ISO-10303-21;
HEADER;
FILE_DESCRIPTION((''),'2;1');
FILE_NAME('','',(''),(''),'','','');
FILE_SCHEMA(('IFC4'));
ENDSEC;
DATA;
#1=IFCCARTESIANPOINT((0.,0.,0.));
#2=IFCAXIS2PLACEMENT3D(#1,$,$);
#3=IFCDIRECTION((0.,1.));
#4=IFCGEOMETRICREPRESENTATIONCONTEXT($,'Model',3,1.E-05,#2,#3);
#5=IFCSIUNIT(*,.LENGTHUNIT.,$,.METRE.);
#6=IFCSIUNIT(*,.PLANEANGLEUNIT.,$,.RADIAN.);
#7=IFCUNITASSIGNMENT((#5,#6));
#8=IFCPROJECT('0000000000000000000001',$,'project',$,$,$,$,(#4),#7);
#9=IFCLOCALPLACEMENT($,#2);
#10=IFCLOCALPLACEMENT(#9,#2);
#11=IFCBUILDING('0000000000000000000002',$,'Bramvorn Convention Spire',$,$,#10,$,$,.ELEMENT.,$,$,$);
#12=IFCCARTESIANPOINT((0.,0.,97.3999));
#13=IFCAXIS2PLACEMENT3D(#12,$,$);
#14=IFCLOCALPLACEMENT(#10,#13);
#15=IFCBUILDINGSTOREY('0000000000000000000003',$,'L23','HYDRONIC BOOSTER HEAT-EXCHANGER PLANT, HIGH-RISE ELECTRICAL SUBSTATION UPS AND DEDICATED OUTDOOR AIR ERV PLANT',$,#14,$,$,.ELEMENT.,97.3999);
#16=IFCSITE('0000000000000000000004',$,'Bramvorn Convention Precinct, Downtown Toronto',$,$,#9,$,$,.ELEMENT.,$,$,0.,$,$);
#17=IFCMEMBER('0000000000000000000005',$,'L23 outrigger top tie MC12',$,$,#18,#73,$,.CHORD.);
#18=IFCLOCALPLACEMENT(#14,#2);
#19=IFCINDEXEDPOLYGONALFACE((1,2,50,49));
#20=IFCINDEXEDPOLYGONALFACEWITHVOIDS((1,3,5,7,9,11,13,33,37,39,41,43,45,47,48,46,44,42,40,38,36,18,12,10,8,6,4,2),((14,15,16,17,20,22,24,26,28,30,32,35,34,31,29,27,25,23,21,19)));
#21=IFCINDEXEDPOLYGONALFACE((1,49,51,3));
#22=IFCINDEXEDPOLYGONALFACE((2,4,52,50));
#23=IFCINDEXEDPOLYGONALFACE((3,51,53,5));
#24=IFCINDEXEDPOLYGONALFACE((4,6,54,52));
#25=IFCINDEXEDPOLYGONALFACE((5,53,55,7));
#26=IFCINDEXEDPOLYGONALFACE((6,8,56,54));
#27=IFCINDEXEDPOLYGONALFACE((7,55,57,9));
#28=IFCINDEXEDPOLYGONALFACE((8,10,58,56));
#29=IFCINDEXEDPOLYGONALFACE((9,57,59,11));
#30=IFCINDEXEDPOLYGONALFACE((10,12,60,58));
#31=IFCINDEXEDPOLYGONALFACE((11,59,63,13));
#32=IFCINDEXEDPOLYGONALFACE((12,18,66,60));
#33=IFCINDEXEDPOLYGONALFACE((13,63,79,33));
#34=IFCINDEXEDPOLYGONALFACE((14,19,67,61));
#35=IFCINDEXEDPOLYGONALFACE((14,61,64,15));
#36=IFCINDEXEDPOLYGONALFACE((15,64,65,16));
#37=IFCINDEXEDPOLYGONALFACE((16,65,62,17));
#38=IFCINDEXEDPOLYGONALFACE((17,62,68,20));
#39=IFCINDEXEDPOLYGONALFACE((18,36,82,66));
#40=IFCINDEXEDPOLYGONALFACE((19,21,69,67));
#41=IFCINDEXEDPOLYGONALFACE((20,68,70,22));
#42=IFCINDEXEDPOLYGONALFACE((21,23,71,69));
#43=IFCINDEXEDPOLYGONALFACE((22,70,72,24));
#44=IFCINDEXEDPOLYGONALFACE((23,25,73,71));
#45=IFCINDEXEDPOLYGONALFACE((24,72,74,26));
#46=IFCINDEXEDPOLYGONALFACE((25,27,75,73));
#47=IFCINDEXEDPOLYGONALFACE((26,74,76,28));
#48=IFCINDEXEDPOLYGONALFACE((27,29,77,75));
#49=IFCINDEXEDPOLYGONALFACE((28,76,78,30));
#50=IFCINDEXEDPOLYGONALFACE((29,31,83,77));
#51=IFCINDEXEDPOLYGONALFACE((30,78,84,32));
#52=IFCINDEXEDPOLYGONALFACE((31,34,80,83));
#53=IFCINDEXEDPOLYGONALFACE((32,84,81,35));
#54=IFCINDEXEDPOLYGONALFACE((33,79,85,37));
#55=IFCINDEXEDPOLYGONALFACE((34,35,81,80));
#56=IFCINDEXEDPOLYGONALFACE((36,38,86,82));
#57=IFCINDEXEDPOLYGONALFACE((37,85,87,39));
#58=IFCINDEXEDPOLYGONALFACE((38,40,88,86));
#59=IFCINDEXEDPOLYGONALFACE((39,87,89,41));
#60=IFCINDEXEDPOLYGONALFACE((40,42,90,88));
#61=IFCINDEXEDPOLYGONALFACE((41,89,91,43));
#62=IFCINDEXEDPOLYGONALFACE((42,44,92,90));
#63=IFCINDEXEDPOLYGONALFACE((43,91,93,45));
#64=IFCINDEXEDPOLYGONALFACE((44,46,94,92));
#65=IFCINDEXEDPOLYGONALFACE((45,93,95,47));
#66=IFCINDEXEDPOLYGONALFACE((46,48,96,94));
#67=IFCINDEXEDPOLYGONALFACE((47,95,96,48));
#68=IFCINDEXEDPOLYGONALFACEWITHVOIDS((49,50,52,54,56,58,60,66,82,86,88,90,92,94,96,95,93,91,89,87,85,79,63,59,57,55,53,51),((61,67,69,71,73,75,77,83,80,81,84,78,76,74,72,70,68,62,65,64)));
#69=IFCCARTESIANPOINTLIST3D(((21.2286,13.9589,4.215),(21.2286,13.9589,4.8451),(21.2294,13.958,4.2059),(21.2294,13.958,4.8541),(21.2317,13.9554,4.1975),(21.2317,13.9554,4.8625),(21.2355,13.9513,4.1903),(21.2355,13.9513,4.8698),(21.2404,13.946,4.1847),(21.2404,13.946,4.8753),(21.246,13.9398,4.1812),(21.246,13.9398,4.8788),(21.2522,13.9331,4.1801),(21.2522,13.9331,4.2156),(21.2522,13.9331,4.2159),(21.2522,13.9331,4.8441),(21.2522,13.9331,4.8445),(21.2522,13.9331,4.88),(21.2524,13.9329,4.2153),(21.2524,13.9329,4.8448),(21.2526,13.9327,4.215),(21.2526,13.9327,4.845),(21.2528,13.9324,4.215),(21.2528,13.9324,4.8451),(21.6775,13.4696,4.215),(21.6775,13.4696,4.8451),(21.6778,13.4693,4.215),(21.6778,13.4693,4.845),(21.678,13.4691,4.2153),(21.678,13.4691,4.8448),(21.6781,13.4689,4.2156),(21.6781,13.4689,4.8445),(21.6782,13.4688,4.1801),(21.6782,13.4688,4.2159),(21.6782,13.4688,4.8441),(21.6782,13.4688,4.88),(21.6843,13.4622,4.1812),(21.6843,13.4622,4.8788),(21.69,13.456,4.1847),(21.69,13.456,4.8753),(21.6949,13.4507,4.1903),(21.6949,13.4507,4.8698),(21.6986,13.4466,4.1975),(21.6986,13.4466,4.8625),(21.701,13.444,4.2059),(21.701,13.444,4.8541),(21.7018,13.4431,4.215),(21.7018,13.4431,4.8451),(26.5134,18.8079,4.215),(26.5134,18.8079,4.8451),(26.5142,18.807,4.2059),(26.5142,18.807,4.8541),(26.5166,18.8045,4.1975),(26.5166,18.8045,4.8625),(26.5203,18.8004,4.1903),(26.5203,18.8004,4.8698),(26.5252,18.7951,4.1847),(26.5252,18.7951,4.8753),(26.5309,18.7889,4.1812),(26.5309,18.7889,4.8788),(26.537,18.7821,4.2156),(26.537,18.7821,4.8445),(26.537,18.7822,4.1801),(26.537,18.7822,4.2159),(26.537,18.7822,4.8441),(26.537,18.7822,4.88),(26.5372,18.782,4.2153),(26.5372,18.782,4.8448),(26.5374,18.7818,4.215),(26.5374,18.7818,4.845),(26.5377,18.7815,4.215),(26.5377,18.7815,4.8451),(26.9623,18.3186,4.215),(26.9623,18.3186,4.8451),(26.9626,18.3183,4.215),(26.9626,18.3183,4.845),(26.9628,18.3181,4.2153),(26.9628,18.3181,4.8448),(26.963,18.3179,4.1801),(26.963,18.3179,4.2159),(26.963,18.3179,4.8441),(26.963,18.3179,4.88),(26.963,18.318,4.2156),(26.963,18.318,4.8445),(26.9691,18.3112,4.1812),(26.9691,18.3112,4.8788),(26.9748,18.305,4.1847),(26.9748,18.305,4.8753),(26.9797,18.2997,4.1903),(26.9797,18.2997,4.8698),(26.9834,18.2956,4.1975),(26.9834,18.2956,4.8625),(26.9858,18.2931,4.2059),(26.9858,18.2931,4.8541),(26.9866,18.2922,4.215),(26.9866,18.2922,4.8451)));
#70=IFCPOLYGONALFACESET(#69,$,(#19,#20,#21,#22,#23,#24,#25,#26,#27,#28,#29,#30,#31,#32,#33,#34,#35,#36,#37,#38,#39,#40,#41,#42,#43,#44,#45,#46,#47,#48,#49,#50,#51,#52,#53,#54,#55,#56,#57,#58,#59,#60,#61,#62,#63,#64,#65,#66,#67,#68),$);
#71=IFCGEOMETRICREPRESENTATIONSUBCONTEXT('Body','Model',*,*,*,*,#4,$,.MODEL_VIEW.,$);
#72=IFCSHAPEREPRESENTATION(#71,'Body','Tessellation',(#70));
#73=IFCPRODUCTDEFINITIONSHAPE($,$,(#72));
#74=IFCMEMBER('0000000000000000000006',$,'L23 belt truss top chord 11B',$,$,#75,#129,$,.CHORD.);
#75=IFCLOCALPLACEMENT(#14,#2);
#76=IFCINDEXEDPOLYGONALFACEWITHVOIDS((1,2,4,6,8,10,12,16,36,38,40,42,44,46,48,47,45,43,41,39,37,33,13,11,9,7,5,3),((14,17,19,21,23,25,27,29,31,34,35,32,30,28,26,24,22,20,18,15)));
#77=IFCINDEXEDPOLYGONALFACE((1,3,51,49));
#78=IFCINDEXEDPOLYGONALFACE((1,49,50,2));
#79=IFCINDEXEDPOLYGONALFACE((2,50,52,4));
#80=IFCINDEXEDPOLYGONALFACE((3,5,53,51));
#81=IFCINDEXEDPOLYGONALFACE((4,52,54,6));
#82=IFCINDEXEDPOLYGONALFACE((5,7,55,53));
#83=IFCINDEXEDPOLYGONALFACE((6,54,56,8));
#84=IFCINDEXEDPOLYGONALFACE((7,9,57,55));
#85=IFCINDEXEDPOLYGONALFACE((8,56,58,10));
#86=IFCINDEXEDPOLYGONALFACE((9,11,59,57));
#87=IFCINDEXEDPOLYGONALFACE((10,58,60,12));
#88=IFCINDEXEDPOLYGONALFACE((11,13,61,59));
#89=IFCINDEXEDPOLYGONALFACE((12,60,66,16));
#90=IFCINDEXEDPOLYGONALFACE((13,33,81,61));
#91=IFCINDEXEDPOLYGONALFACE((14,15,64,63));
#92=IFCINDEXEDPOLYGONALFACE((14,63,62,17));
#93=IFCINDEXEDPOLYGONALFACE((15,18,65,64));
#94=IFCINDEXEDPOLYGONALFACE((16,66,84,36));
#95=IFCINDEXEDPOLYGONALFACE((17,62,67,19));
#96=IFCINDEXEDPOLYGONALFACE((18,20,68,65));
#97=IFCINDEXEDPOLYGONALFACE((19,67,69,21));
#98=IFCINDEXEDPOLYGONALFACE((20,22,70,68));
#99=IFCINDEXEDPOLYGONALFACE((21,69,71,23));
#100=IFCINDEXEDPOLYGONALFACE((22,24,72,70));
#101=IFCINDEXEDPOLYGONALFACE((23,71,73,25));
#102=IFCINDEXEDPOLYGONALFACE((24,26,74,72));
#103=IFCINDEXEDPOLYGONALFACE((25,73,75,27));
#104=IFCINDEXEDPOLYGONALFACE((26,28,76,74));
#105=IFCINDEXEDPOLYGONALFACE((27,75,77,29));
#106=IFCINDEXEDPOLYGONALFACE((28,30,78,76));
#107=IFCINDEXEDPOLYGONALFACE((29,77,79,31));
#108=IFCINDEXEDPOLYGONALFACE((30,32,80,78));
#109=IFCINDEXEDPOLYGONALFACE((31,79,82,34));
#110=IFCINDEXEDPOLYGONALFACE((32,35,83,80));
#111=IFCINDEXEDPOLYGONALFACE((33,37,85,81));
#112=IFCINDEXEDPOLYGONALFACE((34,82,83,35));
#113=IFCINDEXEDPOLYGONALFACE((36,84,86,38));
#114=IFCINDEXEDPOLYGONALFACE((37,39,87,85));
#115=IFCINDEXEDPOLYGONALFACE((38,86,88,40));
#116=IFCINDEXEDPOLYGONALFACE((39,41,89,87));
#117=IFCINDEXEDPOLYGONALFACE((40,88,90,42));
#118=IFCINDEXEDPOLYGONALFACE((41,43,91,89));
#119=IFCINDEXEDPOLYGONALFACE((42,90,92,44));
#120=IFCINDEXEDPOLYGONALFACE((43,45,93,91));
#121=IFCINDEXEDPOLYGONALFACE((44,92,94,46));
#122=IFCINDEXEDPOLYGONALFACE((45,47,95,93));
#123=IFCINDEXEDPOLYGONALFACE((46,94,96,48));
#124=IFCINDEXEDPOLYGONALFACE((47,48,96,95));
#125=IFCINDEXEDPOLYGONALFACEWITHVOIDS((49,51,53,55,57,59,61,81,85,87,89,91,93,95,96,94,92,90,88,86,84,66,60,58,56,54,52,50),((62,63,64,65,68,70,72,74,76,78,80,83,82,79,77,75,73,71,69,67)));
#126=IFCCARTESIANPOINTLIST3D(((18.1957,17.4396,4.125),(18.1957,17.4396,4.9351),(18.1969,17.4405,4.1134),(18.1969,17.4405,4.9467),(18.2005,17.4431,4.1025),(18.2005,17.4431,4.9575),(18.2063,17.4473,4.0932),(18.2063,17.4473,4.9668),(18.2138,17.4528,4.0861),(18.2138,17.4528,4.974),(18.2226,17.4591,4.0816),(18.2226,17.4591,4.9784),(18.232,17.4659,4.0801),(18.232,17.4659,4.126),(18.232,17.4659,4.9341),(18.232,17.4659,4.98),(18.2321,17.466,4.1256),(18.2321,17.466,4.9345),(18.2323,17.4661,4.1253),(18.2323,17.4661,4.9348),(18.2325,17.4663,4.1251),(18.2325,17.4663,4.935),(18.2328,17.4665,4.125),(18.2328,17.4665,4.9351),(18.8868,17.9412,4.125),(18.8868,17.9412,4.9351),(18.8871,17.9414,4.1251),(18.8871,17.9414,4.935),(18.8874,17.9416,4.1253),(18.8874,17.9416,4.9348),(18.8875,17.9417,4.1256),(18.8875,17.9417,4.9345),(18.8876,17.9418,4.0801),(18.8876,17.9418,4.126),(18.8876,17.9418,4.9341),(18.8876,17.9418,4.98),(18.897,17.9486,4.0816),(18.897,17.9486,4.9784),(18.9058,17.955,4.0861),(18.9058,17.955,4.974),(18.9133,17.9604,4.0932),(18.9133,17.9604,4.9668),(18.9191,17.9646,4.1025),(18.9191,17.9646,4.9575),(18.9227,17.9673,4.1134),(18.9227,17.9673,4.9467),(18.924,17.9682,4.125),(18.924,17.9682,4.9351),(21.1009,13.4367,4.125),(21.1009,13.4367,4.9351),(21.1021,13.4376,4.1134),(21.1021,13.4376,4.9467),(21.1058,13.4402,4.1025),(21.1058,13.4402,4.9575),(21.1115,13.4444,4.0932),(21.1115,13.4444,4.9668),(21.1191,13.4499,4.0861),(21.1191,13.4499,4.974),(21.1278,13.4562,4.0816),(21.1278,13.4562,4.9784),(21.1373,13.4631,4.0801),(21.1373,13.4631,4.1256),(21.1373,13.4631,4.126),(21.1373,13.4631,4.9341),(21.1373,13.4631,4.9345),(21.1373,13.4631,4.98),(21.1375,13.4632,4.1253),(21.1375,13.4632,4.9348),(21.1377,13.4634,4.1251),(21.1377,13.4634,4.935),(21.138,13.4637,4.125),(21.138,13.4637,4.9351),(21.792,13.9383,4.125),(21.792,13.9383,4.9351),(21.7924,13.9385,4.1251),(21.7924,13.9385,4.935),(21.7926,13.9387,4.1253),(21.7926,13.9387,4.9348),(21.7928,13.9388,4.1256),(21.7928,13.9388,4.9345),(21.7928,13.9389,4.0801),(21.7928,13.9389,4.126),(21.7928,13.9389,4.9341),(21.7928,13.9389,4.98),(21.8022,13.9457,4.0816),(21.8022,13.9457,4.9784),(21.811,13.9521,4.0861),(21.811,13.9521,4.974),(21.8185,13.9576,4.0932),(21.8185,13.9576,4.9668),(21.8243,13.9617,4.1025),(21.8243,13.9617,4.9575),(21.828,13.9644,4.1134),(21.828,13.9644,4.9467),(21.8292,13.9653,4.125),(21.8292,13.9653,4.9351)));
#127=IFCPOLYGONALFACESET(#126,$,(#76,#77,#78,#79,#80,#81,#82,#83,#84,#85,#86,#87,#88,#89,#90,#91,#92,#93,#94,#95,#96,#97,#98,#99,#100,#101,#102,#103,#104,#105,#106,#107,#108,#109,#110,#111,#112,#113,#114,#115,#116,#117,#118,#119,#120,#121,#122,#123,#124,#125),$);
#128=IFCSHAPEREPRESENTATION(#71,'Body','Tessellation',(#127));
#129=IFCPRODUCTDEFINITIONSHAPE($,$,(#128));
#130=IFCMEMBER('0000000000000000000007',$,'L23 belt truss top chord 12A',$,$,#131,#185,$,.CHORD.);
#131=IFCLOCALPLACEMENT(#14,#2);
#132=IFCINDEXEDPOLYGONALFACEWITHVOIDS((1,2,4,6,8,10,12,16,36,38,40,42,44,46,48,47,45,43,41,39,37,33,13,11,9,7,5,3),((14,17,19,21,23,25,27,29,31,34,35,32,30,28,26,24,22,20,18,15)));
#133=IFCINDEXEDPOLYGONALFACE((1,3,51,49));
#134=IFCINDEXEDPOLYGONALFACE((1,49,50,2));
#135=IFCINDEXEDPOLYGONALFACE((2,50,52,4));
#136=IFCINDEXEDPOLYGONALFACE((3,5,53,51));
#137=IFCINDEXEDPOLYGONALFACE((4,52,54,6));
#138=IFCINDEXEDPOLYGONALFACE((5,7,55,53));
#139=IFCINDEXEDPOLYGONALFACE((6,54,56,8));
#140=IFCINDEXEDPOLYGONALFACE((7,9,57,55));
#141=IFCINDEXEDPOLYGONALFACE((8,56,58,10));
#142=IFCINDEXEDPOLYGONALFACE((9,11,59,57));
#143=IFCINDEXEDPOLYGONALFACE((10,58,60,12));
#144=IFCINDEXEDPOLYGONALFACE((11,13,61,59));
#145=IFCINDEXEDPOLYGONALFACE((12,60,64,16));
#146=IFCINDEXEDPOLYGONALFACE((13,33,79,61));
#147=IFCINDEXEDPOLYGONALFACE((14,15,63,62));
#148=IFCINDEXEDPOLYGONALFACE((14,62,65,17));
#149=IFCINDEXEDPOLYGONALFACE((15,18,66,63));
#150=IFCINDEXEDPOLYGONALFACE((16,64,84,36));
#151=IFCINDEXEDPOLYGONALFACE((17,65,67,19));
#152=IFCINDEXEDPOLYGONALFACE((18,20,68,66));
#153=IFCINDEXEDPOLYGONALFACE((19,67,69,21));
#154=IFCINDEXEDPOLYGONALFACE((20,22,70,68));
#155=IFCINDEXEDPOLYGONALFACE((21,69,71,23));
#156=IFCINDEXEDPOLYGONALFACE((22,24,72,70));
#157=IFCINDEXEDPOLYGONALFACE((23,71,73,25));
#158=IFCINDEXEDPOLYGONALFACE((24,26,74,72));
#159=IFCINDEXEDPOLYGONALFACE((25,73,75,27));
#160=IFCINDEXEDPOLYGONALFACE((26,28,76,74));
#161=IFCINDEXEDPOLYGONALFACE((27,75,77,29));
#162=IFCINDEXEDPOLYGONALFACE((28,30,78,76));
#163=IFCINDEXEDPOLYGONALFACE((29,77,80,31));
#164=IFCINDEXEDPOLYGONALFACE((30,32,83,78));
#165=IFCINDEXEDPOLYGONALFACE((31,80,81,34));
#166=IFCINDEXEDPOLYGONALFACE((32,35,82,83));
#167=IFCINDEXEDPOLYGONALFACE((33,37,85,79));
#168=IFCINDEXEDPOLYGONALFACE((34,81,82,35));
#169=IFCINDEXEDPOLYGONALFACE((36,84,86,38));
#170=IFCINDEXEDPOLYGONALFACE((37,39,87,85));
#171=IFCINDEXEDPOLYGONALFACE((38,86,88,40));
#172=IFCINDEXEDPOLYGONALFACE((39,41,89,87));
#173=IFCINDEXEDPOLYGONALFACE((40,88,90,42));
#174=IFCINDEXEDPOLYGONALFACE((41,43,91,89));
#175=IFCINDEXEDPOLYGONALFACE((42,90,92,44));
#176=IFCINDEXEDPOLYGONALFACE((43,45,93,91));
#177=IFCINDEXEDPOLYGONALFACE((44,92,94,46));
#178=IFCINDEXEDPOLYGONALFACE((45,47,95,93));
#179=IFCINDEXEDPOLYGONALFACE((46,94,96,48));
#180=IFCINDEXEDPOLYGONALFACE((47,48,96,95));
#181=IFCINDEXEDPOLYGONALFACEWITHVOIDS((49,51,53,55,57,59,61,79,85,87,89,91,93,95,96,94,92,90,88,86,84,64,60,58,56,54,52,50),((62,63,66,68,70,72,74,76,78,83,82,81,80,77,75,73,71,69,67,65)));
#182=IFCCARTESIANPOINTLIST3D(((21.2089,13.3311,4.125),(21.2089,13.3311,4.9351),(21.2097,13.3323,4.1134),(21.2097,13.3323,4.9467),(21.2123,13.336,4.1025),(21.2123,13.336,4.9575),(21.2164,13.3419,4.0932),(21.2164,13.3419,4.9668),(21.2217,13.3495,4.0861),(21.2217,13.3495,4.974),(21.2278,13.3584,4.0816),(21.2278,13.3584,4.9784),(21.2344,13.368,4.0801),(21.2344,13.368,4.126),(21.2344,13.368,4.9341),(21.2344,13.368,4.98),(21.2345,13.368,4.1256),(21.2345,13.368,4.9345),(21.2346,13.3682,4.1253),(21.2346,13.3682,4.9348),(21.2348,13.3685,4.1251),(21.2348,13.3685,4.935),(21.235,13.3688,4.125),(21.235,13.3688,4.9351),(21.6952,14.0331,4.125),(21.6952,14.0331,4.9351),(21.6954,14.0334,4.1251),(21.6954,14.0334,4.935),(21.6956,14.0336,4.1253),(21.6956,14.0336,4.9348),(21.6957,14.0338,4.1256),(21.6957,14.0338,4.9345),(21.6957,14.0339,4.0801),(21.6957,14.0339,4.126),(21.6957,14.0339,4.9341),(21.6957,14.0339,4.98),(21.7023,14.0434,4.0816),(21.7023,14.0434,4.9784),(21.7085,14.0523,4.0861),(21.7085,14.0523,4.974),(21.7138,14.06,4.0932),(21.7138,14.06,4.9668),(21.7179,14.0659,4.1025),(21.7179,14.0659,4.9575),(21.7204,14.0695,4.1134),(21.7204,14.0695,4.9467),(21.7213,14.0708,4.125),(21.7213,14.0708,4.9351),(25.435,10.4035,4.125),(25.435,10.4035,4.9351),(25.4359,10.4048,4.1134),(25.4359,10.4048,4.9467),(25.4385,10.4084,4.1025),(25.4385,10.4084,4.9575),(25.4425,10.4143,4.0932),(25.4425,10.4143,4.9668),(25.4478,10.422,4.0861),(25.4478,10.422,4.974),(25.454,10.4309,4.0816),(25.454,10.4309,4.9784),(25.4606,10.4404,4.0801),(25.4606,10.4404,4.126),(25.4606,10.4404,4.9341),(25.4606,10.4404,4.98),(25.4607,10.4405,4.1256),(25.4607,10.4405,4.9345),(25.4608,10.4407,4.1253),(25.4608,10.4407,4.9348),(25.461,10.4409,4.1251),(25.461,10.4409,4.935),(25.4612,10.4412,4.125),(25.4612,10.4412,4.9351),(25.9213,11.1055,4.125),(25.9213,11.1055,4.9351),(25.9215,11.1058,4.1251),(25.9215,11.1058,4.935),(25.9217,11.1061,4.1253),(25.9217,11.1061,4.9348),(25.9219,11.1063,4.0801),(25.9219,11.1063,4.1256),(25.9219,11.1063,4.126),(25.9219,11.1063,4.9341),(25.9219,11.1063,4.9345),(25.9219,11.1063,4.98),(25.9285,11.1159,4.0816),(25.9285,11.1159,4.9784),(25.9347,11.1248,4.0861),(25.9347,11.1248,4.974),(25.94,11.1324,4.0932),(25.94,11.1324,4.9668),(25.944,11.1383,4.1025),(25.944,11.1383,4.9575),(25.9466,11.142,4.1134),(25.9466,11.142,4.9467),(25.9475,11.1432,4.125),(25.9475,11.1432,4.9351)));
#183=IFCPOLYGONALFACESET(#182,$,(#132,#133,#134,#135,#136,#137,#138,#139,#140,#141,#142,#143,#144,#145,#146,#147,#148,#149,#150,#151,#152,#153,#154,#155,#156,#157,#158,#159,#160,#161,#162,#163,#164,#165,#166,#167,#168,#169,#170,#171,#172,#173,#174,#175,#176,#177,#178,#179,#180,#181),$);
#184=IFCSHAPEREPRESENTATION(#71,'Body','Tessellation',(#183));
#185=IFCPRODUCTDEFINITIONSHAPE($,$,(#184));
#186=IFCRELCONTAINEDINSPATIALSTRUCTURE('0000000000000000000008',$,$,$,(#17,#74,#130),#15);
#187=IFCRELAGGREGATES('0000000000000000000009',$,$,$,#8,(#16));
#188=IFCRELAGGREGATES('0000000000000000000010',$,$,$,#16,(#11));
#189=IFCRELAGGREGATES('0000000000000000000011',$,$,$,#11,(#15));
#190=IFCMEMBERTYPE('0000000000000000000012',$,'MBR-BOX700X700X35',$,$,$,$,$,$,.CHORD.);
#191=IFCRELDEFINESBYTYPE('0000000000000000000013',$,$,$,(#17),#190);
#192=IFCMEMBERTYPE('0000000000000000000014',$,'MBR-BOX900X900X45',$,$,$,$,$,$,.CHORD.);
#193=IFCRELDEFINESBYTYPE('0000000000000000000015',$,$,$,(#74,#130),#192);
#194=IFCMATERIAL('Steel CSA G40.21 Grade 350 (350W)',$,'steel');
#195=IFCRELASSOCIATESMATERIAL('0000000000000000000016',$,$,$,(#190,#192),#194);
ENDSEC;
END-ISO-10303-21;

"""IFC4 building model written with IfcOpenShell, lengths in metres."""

from ifc_helpers import new_model, si_unit, direction, frame, origin, origin_2d, place, context, subcontext, project, spatial, hollow_rectangle, extrude, material, material_profile, profile_set, type_object, element, save


model = new_model("IFC4")

# Units and contexts
model_context = context("Model", 3, precision=1e-05, world=origin(), true_north=direction((0.0, 1.0)))
body_context = subcontext(model_context, "Body", "Model", "MODEL_VIEW")
ifc_project = project(units=[si_unit("LENGTHUNIT", "METRE"), si_unit("PLANEANGLEUNIT", "RADIAN")], contexts=[model_context])

# Site, building, storey
site_placement = place(None, origin())
site = spatial("IfcSite", under=ifc_project, at=site_placement, Name="Bramvorn Convention Precinct, Downtown Toronto", CompositionType="ELEMENT", RefElevation=0.0)
building_placement = place(site_placement, origin())
building = spatial("IfcBuilding", under=site, at=building_placement, Name="Bramvorn Convention Spire", CompositionType="ELEMENT")
storey_placement = place(building_placement, frame((0.0, 0.0, 97.3999)))
storey = spatial("IfcBuildingStorey", under=building, at=storey_placement, Name="L23", Description="HYDRONIC BOOSTER HEAT-EXCHANGER PLANT, HIGH-RISE ELECTRICAL SUBSTATION UPS AND DEDICATED OUTDOOR AIR ERV PLANT", CompositionType="ELEMENT", Elevation=97.3999)

# Shared definitions
ifc_material_1 = material(Name="Steel CSA G40.21 Grade 350 (350W)", Category="steel")

# Members
ifc_material_profile_1 = material_profile(ifc_material_1, hollow_rectangle(XDim=0.7, YDim=0.7, WallThickness=0.0349, InnerFilletRadius=0.001, OuterFilletRadius=0.0349, at=origin_2d()))
ifc_profile_set_1 = profile_set([ifc_material_profile_1], Name="Steel CSA G40.21 Grade 350 (350W) - BOX700X700X35")
member_type_1 = type_object("IfcMemberType", Name="MBR-BOX700X700X35", PredefinedType="CHORD", material=ifc_profile_set_1)
member_1_placement = place(storey_placement, frame((26.75, 18.55, 4.53), z_axis=(-0.736833, -0.676074, 0.0), x_axis=(0.676074, -0.736833, 0.0)))
element("IfcMember", 1, at=member_1_placement, inside=storey, type_object=member_type_1, Name="L23 outrigger top tie MC12", PredefinedType="CHORD", context=body_context, shape_type="SweptSolid", body=[
    extrude(hollow_rectangle(XDim=0.7, YDim=0.7, WallThickness=0.0349, InnerFilletRadius=0.001, OuterFilletRadius=0.0349, at=origin_2d()), origin(), (0.0, 0.0, 1.0), 7.1724),
])
ifc_material_profile_2 = material_profile(ifc_material_1, hollow_rectangle(XDim=0.8999, YDim=0.8999, WallThickness=0.0449, InnerFilletRadius=0.001, OuterFilletRadius=0.0449, at=origin_2d()))
ifc_profile_set_2 = profile_set([ifc_material_profile_2], Name="Steel CSA G40.21 Grade 350 (350W) - BOX900X900X45")
member_type_2 = type_object("IfcMemberType", Name="MBR-BOX900X900X45", PredefinedType="CHORD", material=ifc_profile_set_2)
member_2_placement = place(storey_placement, frame((18.5598, 17.7039, 4.53), z_axis=(0.587385, -0.809308, 0.0), x_axis=(0.809308, 0.587385, 0.0)))
element("IfcMember", 2, at=member_2_placement, inside=storey, type_object=member_type_2, Name="L23 belt truss top chord 11B", PredefinedType="CHORD", context=body_context, shape_type="SweptSolid", body=[
    extrude(hollow_rectangle(XDim=0.8999, YDim=0.8999, WallThickness=0.0449, InnerFilletRadius=0.001, OuterFilletRadius=0.0449, at=origin_2d()), origin(), (0.0, 0.0, 1.0), 4.946),
])
for number, where, z_axis, x_axis, name in (
    (3, (21.4651, 13.7009, 4.53), (0.822033, -0.56944, 0.0), (0.56944, 0.822033, 0.0), "L23 belt truss top chord 12A"),
):
    element("IfcMember", number, at=place(storey_placement, frame(where, z_axis=z_axis, x_axis=x_axis)), inside=storey, type_object=member_type_2, Name=name, PredefinedType="CHORD", context=body_context, shape_type="SweptSolid", body=[
        extrude(hollow_rectangle(XDim=0.8999, YDim=0.8999, WallThickness=0.0449, InnerFilletRadius=0.001, OuterFilletRadius=0.0449, at=origin_2d()), origin(), (0.0, 0.0, 1.0), 5.1411),
    ])

save(model, "model.ifc")
